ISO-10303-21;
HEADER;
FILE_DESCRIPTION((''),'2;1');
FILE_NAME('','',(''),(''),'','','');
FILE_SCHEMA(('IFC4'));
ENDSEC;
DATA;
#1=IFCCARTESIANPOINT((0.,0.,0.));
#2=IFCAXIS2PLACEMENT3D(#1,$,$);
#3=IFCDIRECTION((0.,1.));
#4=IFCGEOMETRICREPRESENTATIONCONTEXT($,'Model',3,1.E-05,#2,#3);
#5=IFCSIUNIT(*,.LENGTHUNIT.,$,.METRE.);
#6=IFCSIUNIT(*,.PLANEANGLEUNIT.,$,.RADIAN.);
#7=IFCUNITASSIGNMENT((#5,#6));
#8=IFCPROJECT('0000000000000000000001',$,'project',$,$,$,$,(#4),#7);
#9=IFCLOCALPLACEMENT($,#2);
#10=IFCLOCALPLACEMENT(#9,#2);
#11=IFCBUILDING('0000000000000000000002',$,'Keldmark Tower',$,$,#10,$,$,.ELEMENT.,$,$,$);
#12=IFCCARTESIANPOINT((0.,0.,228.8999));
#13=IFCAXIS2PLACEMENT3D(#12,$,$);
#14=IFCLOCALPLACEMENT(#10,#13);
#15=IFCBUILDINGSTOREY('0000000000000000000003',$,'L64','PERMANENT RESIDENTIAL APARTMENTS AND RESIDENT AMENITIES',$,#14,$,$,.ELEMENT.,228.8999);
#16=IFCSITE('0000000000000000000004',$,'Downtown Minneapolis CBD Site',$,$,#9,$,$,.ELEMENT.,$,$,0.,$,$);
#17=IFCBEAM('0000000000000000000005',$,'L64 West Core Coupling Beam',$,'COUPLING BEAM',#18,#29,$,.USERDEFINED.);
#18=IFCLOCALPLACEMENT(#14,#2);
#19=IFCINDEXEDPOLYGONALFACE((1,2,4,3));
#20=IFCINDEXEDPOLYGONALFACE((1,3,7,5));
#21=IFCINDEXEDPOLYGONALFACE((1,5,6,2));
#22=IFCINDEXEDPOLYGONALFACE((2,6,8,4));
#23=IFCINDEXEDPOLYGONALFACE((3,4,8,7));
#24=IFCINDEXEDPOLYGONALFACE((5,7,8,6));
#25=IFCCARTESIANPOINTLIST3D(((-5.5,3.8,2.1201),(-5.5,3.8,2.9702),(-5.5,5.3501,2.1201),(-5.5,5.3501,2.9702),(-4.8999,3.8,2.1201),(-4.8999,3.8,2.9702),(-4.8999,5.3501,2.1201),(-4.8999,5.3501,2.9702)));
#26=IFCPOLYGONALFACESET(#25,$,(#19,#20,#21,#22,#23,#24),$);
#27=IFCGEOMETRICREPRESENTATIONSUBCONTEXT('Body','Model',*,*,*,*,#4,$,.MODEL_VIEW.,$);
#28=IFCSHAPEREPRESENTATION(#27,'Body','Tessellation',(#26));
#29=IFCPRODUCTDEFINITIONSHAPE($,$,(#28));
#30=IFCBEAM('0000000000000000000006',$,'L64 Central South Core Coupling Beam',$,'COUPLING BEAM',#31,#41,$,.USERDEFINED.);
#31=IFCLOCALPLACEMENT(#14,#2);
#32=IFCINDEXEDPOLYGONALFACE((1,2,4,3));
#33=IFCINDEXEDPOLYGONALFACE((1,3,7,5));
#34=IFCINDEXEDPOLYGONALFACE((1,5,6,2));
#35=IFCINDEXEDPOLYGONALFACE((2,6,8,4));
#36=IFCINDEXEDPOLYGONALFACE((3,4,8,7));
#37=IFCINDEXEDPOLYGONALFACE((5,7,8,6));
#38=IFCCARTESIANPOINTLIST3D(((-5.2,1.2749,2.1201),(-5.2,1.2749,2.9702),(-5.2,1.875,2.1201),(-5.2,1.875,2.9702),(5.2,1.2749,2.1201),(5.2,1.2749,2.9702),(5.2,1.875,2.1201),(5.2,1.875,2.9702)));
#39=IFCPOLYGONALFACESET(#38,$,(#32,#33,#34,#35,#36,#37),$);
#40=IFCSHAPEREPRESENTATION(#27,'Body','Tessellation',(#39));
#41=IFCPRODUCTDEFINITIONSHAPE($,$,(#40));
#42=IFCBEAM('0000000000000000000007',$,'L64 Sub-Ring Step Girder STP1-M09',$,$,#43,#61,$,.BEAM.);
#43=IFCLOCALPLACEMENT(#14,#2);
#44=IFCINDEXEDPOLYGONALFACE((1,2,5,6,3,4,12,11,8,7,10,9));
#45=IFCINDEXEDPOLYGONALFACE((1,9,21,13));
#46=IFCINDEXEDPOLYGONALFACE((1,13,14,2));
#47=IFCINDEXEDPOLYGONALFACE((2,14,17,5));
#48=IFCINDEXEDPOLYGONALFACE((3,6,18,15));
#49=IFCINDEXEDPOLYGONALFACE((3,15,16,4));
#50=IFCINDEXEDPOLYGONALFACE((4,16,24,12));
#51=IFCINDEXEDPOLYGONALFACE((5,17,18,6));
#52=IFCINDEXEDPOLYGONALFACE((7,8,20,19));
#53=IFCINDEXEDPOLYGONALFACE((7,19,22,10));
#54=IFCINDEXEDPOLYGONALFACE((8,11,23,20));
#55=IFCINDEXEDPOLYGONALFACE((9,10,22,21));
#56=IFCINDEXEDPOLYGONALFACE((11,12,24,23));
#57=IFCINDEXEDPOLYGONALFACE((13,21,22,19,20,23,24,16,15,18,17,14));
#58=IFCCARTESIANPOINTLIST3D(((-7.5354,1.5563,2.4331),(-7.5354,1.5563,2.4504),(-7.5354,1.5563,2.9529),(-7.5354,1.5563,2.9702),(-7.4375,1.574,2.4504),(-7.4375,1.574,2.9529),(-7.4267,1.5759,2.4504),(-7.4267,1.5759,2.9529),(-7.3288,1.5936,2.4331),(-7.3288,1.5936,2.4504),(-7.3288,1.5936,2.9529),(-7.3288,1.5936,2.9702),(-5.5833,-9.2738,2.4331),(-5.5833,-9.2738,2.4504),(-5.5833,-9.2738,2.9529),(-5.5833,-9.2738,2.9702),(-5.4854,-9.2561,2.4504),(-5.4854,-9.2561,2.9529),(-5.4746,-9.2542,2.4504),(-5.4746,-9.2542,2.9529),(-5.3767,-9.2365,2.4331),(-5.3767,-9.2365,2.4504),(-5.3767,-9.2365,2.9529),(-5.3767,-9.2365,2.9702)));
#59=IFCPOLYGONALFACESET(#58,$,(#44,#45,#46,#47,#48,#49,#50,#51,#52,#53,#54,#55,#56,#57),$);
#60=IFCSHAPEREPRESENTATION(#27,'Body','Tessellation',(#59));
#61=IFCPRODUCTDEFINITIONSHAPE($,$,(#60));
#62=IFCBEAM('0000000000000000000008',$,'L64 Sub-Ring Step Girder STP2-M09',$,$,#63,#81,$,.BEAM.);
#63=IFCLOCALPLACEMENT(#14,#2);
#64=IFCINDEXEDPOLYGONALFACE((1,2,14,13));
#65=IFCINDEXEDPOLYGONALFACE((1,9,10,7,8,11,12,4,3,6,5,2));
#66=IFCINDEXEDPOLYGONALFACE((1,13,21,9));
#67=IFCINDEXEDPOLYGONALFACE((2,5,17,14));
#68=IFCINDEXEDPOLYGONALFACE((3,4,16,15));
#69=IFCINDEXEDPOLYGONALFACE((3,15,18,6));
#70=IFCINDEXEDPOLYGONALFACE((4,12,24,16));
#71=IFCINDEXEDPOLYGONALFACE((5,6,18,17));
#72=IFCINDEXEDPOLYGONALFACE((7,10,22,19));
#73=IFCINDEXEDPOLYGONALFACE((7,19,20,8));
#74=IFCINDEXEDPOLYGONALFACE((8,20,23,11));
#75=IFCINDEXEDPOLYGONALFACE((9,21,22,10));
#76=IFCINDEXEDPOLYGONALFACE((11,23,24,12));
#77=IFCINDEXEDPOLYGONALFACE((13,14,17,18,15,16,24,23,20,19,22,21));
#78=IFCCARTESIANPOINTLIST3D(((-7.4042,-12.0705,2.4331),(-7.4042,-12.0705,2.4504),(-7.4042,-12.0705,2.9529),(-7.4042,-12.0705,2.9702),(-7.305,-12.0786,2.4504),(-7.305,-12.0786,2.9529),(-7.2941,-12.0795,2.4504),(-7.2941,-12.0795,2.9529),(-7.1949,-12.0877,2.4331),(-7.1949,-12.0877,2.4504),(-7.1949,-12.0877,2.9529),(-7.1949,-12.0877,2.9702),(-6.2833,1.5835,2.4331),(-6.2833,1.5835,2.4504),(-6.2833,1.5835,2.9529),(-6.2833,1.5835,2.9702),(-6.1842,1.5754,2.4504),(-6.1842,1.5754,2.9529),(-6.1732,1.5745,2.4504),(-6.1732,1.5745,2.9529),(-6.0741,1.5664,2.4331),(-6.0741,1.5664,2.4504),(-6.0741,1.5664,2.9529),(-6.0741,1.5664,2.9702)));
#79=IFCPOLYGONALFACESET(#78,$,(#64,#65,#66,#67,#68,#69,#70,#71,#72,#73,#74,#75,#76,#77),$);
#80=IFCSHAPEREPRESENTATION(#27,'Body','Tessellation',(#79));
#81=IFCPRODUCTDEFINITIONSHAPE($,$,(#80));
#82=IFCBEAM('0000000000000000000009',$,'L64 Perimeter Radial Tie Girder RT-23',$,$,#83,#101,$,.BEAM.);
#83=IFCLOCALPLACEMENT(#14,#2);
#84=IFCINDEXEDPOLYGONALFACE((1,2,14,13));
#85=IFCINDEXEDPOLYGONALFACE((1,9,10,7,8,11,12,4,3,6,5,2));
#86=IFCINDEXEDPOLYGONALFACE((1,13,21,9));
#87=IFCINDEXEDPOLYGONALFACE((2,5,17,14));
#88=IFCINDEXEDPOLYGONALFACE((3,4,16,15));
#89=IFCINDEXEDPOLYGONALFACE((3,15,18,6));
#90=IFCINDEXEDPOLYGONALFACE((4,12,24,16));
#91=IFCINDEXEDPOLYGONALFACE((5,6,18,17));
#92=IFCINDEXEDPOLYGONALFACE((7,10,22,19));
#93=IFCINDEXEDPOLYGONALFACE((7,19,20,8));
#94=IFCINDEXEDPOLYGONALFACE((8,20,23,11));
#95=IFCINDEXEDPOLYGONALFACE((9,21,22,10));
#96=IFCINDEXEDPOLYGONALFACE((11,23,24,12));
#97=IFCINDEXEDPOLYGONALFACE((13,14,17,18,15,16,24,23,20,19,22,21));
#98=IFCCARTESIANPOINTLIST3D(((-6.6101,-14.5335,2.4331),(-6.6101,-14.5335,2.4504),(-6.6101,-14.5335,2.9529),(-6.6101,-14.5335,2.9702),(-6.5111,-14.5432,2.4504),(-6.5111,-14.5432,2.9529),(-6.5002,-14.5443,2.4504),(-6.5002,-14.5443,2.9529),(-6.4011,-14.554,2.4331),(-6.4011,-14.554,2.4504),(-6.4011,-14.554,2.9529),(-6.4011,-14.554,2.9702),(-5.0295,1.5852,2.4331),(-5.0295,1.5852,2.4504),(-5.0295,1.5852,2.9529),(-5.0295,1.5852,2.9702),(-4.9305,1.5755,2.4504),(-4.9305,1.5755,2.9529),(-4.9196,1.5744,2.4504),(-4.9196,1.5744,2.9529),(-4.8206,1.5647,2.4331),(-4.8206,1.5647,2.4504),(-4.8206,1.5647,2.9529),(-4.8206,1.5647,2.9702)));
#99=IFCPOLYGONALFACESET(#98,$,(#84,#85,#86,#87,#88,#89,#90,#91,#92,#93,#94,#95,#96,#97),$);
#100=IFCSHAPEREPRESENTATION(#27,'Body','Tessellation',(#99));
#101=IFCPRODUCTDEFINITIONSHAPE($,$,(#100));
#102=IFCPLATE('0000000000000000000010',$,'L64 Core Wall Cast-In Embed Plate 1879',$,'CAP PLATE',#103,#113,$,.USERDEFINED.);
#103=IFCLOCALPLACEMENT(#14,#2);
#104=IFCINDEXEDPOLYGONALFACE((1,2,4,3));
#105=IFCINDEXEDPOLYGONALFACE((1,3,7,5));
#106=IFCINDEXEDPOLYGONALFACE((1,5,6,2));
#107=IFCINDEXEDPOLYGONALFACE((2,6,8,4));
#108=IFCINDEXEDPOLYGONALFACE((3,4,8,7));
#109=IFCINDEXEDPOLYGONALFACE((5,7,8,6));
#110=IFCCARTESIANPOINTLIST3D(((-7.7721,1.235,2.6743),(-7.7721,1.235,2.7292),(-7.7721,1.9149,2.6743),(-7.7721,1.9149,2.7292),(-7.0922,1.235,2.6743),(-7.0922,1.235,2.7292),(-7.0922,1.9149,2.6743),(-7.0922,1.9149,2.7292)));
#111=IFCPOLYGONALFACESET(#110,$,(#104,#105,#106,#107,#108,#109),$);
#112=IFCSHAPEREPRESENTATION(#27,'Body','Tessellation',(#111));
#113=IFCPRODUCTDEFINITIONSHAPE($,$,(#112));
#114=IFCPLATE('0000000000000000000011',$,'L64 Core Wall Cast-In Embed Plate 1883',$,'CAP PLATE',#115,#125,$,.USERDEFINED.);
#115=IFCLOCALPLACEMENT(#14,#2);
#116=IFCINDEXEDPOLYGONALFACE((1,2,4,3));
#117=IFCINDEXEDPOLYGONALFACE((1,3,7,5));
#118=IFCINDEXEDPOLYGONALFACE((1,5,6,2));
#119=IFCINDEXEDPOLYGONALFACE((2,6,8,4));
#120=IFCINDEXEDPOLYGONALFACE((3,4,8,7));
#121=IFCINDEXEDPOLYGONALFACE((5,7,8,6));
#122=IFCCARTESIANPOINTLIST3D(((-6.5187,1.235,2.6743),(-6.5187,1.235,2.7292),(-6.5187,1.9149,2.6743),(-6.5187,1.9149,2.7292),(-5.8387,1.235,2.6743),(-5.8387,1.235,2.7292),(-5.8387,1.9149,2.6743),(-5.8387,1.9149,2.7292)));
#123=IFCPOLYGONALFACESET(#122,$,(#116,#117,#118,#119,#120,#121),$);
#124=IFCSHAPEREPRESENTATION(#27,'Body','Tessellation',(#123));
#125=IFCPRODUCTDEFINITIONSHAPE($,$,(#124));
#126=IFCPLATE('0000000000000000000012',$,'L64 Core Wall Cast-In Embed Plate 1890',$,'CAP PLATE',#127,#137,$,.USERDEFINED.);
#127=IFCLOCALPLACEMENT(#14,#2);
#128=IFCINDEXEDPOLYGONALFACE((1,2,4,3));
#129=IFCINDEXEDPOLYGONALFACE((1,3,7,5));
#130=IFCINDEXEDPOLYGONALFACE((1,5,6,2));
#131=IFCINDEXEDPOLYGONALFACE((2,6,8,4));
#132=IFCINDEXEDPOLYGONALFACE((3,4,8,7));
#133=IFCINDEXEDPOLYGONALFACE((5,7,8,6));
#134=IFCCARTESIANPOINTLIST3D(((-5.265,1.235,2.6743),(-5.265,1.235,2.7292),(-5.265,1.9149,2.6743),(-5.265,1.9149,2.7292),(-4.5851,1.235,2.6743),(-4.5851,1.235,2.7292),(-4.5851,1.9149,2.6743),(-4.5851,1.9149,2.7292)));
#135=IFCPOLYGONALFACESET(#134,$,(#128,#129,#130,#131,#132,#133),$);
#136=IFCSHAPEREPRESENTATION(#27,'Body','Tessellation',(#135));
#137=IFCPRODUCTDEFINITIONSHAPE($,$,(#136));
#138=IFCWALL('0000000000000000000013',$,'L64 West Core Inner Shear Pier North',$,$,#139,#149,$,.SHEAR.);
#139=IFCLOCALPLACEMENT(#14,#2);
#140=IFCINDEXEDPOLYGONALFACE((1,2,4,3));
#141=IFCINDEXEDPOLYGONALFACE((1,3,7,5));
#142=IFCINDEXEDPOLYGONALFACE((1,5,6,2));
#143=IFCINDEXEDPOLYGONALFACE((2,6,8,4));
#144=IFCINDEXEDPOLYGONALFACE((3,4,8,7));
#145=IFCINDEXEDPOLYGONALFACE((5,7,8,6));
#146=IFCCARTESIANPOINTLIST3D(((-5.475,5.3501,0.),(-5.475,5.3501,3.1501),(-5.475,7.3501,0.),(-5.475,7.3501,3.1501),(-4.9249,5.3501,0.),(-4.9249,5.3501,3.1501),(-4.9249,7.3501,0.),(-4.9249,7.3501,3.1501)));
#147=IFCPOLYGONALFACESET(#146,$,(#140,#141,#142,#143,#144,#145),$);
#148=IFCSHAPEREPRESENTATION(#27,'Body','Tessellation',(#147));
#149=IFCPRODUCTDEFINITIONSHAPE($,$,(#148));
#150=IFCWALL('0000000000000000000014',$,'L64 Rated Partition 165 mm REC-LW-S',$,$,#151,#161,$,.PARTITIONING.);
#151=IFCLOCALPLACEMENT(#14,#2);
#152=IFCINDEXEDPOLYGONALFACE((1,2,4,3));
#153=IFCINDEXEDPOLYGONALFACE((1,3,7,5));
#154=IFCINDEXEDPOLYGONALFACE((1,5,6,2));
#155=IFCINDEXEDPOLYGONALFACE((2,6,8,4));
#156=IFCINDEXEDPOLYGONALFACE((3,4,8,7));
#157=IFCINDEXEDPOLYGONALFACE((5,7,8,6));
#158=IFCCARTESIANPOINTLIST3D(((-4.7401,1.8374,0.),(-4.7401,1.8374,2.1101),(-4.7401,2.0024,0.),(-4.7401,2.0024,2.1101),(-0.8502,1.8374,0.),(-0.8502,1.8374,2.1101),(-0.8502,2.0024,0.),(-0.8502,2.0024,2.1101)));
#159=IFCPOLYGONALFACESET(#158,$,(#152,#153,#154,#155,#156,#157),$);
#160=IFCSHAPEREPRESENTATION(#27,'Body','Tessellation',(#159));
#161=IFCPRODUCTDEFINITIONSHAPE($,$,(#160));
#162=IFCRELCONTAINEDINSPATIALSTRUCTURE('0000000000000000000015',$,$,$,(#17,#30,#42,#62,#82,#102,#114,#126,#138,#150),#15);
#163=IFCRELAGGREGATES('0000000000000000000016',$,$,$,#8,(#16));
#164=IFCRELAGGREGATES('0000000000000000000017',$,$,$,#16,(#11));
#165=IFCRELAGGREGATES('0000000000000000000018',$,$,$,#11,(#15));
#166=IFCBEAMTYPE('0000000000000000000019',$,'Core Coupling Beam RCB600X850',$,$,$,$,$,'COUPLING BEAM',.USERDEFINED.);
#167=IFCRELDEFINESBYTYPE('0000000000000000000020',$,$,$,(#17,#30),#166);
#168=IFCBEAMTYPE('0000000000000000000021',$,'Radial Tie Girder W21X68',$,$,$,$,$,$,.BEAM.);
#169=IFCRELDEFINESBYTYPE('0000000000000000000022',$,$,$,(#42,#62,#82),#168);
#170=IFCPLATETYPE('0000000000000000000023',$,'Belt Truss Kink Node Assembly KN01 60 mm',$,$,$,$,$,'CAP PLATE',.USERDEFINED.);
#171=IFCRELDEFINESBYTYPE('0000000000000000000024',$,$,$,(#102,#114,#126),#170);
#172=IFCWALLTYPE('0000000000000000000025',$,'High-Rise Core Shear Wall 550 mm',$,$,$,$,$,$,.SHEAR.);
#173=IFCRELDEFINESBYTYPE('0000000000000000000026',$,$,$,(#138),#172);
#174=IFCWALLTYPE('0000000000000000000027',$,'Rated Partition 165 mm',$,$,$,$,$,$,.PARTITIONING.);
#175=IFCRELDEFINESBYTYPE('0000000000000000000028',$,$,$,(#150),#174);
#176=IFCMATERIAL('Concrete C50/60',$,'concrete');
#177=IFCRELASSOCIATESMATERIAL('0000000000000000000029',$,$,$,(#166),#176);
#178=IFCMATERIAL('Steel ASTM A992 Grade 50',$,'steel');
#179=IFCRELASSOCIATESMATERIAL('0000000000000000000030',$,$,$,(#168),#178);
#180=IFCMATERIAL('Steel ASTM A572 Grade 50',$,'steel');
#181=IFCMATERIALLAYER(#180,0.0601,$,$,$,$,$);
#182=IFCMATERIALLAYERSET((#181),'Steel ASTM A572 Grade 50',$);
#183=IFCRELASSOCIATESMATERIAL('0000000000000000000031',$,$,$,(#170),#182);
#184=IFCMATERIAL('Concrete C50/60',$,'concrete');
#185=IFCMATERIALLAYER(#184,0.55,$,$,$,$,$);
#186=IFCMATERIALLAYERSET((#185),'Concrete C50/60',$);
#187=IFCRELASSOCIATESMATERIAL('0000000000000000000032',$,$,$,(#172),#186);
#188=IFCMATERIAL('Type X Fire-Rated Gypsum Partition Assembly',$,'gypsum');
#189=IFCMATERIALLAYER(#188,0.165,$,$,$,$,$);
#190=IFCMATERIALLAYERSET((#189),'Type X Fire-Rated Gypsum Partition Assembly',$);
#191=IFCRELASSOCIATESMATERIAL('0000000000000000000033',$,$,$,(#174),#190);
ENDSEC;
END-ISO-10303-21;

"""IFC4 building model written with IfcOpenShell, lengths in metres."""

from ifc_helpers import new_model, si_unit, direction, frame, frame_2d, origin, origin_2d, place, context, subcontext, project, spatial, rectangle, i_section, extrude, material, layer, layer_set, material_profile, profile_set, type_object, element, save


model = new_model("IFC4")

# Units and contexts
model_context = context("Model", 3, precision=1e-05, world=origin(), true_north=direction((0.0, 1.0)))
body_context = subcontext(model_context, "Body", "Model", "MODEL_VIEW")
ifc_project = project(units=[si_unit("LENGTHUNIT", "METRE"), si_unit("PLANEANGLEUNIT", "RADIAN")], contexts=[model_context])

# Site, building, storey
site_placement = place(None, origin())
site = spatial("IfcSite", under=ifc_project, at=site_placement, Name="Downtown Minneapolis CBD Site", CompositionType="ELEMENT", RefElevation=0.0)
building_placement = place(site_placement, origin())
building = spatial("IfcBuilding", under=site, at=building_placement, Name="Keldmark Tower", CompositionType="ELEMENT")
storey_placement = place(building_placement, frame((0.0, 0.0, 228.8999)))
storey = spatial("IfcBuildingStorey", under=building, at=storey_placement, Name="L64", Description="PERMANENT RESIDENTIAL APARTMENTS AND RESIDENT AMENITIES", CompositionType="ELEMENT", Elevation=228.8999)

# Beams
ifc_material_1 = material(Name="Concrete C50/60", Category="concrete")
ifc_material_profile_1 = material_profile(ifc_material_1, rectangle(XDim=0.6001, YDim=0.8501, at=origin_2d()), Name="RCB600X850")
ifc_profile_set_1 = profile_set([ifc_material_profile_1], Name="Concrete C50/60")
beam_type_1 = type_object("IfcBeamType", Name="Core Coupling Beam RCB600X850", ElementType="COUPLING BEAM", PredefinedType="USERDEFINED", material=ifc_profile_set_1)
beam_1_placement = place(storey_placement, frame((-5.2, 3.8, 2.5452), z_axis=(0.0, 1.0, 0.0), x_axis=(-1.0, 0.0, 0.0)))
element("IfcBeam", 1, at=beam_1_placement, inside=storey, type_object=beam_type_1, Name="L64 West Core Coupling Beam", ObjectType="COUPLING BEAM", PredefinedType="USERDEFINED", context=body_context, shape_type="SweptSolid", body=[
    extrude(rectangle(XDim=0.6001, YDim=0.8501, at=origin_2d()), origin(), (0.0, 0.0, 1.0), 1.55),
])
beam_2_placement = place(storey_placement, frame((-5.2, 1.575, 2.5452), z_axis=(1.0, 0.0, 0.0), x_axis=(0.0, 1.0, 0.0)))
element("IfcBeam", 2, at=beam_2_placement, inside=storey, type_object=beam_type_1, Name="L64 Central South Core Coupling Beam", ObjectType="COUPLING BEAM", PredefinedType="USERDEFINED", context=body_context, shape_type="SweptSolid", body=[
    extrude(rectangle(XDim=0.6001, YDim=0.8501, at=origin_2d()), origin(), (0.0, 0.0, 1.0), 10.3999),
])
ifc_material_2 = material(Name="Steel ASTM A992 Grade 50", Category="steel")
ifc_material_profile_2 = material_profile(ifc_material_2, i_section(OverallWidth=0.21, OverallDepth=0.5371, WebThickness=0.011, FlangeThickness=0.0173, at=origin_2d()), Name="W21X68")
ifc_profile_set_2 = profile_set([ifc_material_profile_2], Name="Steel ASTM A992 Grade 50")
beam_type_2 = type_object("IfcBeamType", Name="Radial Tie Girder W21X68", PredefinedType="BEAM", material=ifc_profile_set_2)
beam_3_placement = place(storey_placement, frame((-7.4321, 1.575, 2.7017), z_axis=(0.177394, -0.98414, 0.0), x_axis=(0.98414, 0.177394, 0.0)))
element("IfcBeam", 3, at=beam_3_placement, inside=storey, type_object=beam_type_2, Name="L64 Sub-Ring Step Girder STP1-M09", PredefinedType="BEAM", context=body_context, shape_type="SweptSolid", body=[
    extrude(i_section(OverallWidth=0.21, OverallDepth=0.5371, WebThickness=0.011, FlangeThickness=0.0173, at=origin_2d()), origin(), (0.0, 0.0, 1.0), 11.0046),
])
beam_4_placement = place(storey_placement, frame((-6.1787, 1.575, 2.7017), z_axis=(-0.081814, -0.996648, 0.0), x_axis=(0.996648, -0.081814, 0.0)))
element("IfcBeam", 4, at=beam_4_placement, inside=storey, type_object=beam_type_2, Name="L64 Sub-Ring Step Girder STP2-M09", PredefinedType="BEAM", context=body_context, shape_type="SweptSolid", body=[
    extrude(i_section(OverallWidth=0.21, OverallDepth=0.5371, WebThickness=0.011, FlangeThickness=0.0173, at=origin_2d()), origin(), (0.0, 0.0, 1.0), 13.7),
])
beam_5_placement = place(storey_placement, frame((-4.925, 1.575, 2.7017), z_axis=(-0.09759, -0.995227, 0.0), x_axis=(0.995227, -0.09759, 0.0)))
element("IfcBeam", 5, at=beam_5_placement, inside=storey, type_object=beam_type_2, Name="L64 Perimeter Radial Tie Girder RT-23", PredefinedType="BEAM", context=body_context, shape_type="SweptSolid", body=[
    extrude(i_section(OverallWidth=0.21, OverallDepth=0.5371, WebThickness=0.011, FlangeThickness=0.0173, at=origin_2d()), origin(), (0.0, 0.0, 1.0), 16.196),
])

# Plates
ifc_material_3 = material(Name="Steel ASTM A572 Grade 50", Category="steel")
ifc_layer_1 = layer(ifc_material_3, 0.0601)
ifc_layer_set_1 = layer_set([ifc_layer_1], Name="Steel ASTM A572 Grade 50")
plate_type = type_object("IfcPlateType", Name="Belt Truss Kink Node Assembly KN01 60 mm", ElementType="CAP PLATE", PredefinedType="USERDEFINED", material=ifc_layer_set_1)
for number, where, z_axis, x_axis, name in (
    (6, (-7.4321, 1.575, 2.6743), (0.0, 0.0, 1.0), (1.0, 0.0, 0.0), "L64 Core Wall Cast-In Embed Plate 1879"),
    (7, (-6.1787, 1.575, 2.6743), (0.0, 0.0, 1.0), (1.0, 0.0, 0.0), "L64 Core Wall Cast-In Embed Plate 1883"),
    (8, (-4.925, 1.575, 2.6743), (0.0, 0.0, 1.0), (1.0, 0.0, 0.0), "L64 Core Wall Cast-In Embed Plate 1890"),
):
    element("IfcPlate", number, at=place(storey_placement, frame(where, z_axis=z_axis, x_axis=x_axis)), inside=storey, type_object=plate_type, Name=name, ObjectType="CAP PLATE", PredefinedType="USERDEFINED", context=body_context, shape_type="SweptSolid", body=[
        extrude(rectangle(XDim=0.6799, YDim=0.6799, at=origin_2d()), origin(), (0.0, 0.0, 1.0), 0.0549),
    ])

# Shared definitions
ifc_material_4 = material(Name="Concrete C50/60", Category="concrete")
ifc_layer_2 = layer(ifc_material_4, 0.55)
ifc_layer_set_2 = layer_set([ifc_layer_2], Name="Concrete C50/60")
wall_type_1 = type_object("IfcWallType", Name="High-Rise Core Shear Wall 550 mm", PredefinedType="SHEAR", material=ifc_layer_set_2)

# Walls
wall_1_placement = place(storey_placement, frame((-5.2, 5.3501, 0.0), z_axis=(0.0, 0.0, 1.0), x_axis=(0.0, 1.0, 0.0)))
element("IfcWall", 9, at=wall_1_placement, inside=storey, type_object=wall_type_1, Name="L64 West Core Inner Shear Pier North", PredefinedType="SHEAR", context=body_context, shape_type="SweptSolid", body=[
    extrude(rectangle(XDim=2.0, YDim=0.55, at=frame_2d((1.0, 0.0))), origin(), (0.0, 0.0, 1.0), 3.1501),
])
ifc_material_5 = material(Name="Type X Fire-Rated Gypsum Partition Assembly", Category="gypsum")
ifc_layer_3 = layer(ifc_material_5, 0.165)
ifc_layer_set_3 = layer_set([ifc_layer_3], Name="Type X Fire-Rated Gypsum Partition Assembly")
wall_type_2 = type_object("IfcWallType", Name="Rated Partition 165 mm", PredefinedType="PARTITIONING", material=ifc_layer_set_3)
wall_2_placement = place(storey_placement, frame((-4.74, 1.9199, 0.0), z_axis=(0.0, 0.0, 1.0), x_axis=(1.0, 0.0, 0.0)))
element("IfcWall", 10, at=wall_2_placement, inside=storey, type_object=wall_type_2, Name="L64 Rated Partition 165 mm REC-LW-S", PredefinedType="PARTITIONING", context=body_context, shape_type="SweptSolid", body=[
    extrude(rectangle(XDim=3.8899, YDim=0.165, at=frame_2d((1.9448, 0.0))), origin(), (0.0, 0.0, 1.0), 2.1101),
])

save(model, "model.ifc")
